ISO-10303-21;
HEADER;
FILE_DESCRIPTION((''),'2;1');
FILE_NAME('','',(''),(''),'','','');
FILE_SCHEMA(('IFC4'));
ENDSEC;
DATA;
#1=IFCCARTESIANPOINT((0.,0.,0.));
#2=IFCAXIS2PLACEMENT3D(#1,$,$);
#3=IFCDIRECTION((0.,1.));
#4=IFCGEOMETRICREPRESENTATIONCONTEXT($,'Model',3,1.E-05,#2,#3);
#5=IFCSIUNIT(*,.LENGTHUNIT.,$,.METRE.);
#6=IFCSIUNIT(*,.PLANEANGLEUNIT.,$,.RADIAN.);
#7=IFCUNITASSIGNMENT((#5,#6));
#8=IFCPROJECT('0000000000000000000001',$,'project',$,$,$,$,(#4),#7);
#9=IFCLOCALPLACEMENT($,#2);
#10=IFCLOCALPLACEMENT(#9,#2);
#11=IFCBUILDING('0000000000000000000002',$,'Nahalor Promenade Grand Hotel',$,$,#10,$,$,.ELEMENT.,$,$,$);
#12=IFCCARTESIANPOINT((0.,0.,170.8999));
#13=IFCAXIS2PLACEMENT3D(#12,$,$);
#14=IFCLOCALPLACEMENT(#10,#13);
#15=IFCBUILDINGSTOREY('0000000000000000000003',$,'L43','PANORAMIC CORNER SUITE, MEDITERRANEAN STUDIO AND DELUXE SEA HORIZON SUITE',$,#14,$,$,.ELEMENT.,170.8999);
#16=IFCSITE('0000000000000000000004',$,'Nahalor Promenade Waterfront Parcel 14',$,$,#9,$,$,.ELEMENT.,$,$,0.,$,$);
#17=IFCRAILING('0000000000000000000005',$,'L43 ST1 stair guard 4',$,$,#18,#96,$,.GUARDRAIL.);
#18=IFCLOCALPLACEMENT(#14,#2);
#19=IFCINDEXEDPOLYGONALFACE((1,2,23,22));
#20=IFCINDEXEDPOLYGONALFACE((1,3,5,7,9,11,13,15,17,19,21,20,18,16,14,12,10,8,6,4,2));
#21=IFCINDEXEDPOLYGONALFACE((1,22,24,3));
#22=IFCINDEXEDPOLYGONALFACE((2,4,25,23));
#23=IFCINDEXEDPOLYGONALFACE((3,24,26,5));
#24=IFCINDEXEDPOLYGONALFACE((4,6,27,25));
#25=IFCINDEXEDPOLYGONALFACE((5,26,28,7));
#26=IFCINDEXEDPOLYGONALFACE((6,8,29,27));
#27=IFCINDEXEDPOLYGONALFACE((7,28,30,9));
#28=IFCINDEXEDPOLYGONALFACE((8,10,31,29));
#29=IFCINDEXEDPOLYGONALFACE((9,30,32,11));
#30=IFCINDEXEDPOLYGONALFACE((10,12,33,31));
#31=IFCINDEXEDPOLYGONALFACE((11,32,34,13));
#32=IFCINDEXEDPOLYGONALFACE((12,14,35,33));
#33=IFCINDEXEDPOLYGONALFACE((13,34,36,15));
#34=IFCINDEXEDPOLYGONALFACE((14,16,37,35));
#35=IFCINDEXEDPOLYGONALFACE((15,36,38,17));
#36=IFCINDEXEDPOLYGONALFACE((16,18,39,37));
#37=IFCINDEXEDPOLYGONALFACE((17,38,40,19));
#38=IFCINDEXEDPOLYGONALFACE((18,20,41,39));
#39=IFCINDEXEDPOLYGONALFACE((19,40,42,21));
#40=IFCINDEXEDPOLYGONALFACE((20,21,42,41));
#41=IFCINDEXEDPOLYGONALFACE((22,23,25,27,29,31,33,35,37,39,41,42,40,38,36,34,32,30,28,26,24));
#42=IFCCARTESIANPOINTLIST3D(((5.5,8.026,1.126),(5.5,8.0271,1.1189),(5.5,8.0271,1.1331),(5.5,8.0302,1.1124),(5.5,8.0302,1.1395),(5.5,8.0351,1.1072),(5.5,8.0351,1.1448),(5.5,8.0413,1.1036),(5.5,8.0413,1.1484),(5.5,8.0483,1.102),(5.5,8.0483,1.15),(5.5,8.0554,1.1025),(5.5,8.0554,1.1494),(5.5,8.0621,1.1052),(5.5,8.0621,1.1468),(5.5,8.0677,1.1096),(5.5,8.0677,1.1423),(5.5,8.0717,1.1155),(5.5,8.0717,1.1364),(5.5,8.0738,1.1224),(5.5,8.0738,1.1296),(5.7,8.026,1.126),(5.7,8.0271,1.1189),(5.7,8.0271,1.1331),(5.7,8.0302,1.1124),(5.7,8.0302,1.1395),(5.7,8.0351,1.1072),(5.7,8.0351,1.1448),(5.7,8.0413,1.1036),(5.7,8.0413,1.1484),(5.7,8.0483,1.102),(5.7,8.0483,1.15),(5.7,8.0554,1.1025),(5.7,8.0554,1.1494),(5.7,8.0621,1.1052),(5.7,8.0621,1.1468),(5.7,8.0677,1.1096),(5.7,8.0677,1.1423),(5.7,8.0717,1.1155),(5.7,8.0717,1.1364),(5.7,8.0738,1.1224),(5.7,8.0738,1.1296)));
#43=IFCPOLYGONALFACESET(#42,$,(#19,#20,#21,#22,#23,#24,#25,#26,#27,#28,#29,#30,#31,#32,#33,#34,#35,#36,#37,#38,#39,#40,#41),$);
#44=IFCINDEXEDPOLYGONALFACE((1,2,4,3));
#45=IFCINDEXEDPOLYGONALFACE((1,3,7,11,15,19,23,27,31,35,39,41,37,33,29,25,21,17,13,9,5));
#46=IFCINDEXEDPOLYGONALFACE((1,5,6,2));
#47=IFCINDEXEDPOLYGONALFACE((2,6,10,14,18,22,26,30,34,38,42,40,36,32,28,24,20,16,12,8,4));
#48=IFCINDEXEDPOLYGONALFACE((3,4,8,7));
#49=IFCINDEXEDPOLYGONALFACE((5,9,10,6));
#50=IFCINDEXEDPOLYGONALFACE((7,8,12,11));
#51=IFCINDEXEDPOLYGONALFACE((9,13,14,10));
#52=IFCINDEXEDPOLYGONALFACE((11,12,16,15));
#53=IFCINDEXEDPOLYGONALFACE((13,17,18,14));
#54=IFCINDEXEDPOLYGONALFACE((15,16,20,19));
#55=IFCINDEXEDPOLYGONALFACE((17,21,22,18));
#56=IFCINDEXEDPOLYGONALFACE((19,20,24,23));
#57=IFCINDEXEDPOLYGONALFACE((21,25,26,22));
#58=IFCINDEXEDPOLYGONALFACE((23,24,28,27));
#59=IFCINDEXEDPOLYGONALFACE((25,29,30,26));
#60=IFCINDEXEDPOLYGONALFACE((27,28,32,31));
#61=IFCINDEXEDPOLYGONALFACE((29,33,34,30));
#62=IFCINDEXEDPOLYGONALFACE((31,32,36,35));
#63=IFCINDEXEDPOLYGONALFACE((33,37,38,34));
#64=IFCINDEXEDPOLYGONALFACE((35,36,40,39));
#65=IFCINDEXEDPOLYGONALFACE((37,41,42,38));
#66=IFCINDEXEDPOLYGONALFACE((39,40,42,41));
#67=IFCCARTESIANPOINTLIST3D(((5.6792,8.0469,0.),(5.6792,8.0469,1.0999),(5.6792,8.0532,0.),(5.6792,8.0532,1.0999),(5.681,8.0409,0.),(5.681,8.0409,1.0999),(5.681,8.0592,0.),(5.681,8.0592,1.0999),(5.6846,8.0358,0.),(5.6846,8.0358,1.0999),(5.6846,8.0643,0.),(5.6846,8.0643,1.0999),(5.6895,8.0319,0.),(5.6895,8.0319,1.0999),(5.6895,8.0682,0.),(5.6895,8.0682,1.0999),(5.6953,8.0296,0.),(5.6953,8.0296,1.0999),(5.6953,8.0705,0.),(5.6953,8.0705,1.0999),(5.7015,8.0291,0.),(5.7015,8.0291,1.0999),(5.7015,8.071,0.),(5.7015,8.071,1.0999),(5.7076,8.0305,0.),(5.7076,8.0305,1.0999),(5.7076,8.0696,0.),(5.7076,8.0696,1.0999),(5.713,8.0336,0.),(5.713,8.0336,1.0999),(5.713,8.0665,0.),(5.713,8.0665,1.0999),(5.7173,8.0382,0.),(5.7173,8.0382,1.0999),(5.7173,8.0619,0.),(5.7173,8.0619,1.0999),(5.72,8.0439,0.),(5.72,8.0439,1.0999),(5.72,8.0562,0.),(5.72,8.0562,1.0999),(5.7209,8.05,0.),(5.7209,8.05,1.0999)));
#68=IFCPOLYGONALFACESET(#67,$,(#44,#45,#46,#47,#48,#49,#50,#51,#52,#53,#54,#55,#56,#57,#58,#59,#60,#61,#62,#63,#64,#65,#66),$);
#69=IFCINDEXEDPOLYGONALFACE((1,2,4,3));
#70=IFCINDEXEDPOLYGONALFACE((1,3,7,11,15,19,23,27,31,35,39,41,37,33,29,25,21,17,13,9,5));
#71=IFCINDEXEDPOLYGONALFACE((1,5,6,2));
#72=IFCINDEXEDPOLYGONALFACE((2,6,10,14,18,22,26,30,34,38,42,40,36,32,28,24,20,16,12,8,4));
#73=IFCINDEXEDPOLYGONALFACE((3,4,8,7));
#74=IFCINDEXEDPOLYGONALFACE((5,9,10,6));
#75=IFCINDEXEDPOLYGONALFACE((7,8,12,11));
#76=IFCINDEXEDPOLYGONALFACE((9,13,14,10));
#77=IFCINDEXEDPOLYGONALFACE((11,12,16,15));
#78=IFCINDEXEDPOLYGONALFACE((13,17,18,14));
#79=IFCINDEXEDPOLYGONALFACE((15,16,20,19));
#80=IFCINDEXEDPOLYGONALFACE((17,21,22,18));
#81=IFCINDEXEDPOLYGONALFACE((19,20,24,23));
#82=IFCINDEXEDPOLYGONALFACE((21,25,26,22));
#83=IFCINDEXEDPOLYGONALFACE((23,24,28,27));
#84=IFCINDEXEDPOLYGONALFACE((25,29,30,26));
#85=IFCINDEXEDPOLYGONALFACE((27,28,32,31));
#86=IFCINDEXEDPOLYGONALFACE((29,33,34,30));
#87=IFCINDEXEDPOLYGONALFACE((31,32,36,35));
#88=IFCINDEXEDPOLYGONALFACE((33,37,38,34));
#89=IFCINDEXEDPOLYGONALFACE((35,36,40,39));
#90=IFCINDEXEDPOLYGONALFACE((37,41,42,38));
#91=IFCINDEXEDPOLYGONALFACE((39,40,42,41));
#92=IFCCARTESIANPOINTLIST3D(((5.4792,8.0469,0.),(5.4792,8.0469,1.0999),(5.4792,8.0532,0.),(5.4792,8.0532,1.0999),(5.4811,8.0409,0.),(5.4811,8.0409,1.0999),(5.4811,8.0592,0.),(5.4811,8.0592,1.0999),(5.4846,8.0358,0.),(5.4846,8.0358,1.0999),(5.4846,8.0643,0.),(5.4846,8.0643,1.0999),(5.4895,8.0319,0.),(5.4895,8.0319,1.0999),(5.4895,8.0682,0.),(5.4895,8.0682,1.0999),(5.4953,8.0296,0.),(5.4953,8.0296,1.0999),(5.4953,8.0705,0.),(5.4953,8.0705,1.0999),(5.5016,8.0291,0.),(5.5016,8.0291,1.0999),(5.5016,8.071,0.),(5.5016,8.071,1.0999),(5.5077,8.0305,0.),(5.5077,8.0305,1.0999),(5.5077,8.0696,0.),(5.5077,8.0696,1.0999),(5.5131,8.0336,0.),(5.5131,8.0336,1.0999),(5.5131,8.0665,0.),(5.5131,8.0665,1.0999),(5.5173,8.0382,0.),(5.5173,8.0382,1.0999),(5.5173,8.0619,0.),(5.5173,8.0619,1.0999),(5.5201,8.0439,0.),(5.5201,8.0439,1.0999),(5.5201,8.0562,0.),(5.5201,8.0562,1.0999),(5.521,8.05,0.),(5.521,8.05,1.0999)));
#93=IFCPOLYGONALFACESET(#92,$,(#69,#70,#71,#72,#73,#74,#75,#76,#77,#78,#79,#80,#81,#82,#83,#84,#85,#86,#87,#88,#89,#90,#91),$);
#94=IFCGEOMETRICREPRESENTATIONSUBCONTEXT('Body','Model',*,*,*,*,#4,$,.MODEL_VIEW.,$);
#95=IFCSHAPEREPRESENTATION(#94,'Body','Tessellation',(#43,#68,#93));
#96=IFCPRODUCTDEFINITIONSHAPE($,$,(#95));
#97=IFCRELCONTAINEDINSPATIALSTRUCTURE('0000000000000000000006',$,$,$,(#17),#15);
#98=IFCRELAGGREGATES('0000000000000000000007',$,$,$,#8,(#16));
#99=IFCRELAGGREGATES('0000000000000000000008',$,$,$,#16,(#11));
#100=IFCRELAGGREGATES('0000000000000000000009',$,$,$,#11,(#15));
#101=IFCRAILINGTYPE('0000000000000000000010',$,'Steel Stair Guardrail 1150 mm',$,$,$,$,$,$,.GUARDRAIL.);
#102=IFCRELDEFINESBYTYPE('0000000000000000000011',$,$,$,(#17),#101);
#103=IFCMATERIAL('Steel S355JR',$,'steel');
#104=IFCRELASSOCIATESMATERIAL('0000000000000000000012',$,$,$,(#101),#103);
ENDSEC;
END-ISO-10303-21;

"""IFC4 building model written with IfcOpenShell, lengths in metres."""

from ifc_helpers import new_model, si_unit, direction, frame, origin, origin_2d, place, context, subcontext, project, spatial, circle, extrude, material, type_object, element, save


model = new_model("IFC4")

# Units and contexts
model_context = context("Model", 3, precision=1e-05, world=origin(), true_north=direction((0.0, 1.0)))
body_context = subcontext(model_context, "Body", "Model", "MODEL_VIEW")
ifc_project = project(units=[si_unit("LENGTHUNIT", "METRE"), si_unit("PLANEANGLEUNIT", "RADIAN")], contexts=[model_context])

# Site, building, storey
site_placement = place(None, origin())
site = spatial("IfcSite", under=ifc_project, at=site_placement, Name="Nahalor Promenade Waterfront Parcel 14", CompositionType="ELEMENT", RefElevation=0.0)
building_placement = place(site_placement, origin())
building = spatial("IfcBuilding", under=site, at=building_placement, Name="Nahalor Promenade Grand Hotel", CompositionType="ELEMENT")
storey_placement = place(building_placement, frame((0.0, 0.0, 170.8999)))
storey = spatial("IfcBuildingStorey", under=building, at=storey_placement, Name="L43", Description="PANORAMIC CORNER SUITE, MEDITERRANEAN STUDIO AND DELUXE SEA HORIZON SUITE", CompositionType="ELEMENT", Elevation=170.8999)

# Shared definitions
ifc_material_1 = material(Name="Steel S355JR", Category="steel")

# Railing
railing_type_1 = type_object("IfcRailingType", Name="Steel Stair Guardrail 1150 mm", PredefinedType="GUARDRAIL", material=ifc_material_1)
railing_1_placement = place(storey_placement, frame((5.7, 8.05, 0.0)))
element("IfcRailing", 1, at=railing_1_placement, inside=storey, type_object=railing_type_1, Name="L43 ST1 stair guard 4", PredefinedType="GUARDRAIL", context=body_context, shape_type="SweptSolid", body=[
    extrude(circle(Radius=0.024, at=origin_2d()), frame((0.0, 0.0, 1.126), z_axis=(-1.0, 0.0, 0.0), x_axis=(0.0, -1.0, 0.0)), (0.0, 0.0, 1.0), 0.2),
    extrude(circle(Radius=0.021, at=origin_2d()), origin(), (0.0, 0.0, 1.0), 1.0999),
    extrude(circle(Radius=0.021, at=origin_2d()), frame((-0.2, 0.0, 0.0)), (0.0, 0.0, 1.0), 1.0999),
])

save(model, "model.ifc")
